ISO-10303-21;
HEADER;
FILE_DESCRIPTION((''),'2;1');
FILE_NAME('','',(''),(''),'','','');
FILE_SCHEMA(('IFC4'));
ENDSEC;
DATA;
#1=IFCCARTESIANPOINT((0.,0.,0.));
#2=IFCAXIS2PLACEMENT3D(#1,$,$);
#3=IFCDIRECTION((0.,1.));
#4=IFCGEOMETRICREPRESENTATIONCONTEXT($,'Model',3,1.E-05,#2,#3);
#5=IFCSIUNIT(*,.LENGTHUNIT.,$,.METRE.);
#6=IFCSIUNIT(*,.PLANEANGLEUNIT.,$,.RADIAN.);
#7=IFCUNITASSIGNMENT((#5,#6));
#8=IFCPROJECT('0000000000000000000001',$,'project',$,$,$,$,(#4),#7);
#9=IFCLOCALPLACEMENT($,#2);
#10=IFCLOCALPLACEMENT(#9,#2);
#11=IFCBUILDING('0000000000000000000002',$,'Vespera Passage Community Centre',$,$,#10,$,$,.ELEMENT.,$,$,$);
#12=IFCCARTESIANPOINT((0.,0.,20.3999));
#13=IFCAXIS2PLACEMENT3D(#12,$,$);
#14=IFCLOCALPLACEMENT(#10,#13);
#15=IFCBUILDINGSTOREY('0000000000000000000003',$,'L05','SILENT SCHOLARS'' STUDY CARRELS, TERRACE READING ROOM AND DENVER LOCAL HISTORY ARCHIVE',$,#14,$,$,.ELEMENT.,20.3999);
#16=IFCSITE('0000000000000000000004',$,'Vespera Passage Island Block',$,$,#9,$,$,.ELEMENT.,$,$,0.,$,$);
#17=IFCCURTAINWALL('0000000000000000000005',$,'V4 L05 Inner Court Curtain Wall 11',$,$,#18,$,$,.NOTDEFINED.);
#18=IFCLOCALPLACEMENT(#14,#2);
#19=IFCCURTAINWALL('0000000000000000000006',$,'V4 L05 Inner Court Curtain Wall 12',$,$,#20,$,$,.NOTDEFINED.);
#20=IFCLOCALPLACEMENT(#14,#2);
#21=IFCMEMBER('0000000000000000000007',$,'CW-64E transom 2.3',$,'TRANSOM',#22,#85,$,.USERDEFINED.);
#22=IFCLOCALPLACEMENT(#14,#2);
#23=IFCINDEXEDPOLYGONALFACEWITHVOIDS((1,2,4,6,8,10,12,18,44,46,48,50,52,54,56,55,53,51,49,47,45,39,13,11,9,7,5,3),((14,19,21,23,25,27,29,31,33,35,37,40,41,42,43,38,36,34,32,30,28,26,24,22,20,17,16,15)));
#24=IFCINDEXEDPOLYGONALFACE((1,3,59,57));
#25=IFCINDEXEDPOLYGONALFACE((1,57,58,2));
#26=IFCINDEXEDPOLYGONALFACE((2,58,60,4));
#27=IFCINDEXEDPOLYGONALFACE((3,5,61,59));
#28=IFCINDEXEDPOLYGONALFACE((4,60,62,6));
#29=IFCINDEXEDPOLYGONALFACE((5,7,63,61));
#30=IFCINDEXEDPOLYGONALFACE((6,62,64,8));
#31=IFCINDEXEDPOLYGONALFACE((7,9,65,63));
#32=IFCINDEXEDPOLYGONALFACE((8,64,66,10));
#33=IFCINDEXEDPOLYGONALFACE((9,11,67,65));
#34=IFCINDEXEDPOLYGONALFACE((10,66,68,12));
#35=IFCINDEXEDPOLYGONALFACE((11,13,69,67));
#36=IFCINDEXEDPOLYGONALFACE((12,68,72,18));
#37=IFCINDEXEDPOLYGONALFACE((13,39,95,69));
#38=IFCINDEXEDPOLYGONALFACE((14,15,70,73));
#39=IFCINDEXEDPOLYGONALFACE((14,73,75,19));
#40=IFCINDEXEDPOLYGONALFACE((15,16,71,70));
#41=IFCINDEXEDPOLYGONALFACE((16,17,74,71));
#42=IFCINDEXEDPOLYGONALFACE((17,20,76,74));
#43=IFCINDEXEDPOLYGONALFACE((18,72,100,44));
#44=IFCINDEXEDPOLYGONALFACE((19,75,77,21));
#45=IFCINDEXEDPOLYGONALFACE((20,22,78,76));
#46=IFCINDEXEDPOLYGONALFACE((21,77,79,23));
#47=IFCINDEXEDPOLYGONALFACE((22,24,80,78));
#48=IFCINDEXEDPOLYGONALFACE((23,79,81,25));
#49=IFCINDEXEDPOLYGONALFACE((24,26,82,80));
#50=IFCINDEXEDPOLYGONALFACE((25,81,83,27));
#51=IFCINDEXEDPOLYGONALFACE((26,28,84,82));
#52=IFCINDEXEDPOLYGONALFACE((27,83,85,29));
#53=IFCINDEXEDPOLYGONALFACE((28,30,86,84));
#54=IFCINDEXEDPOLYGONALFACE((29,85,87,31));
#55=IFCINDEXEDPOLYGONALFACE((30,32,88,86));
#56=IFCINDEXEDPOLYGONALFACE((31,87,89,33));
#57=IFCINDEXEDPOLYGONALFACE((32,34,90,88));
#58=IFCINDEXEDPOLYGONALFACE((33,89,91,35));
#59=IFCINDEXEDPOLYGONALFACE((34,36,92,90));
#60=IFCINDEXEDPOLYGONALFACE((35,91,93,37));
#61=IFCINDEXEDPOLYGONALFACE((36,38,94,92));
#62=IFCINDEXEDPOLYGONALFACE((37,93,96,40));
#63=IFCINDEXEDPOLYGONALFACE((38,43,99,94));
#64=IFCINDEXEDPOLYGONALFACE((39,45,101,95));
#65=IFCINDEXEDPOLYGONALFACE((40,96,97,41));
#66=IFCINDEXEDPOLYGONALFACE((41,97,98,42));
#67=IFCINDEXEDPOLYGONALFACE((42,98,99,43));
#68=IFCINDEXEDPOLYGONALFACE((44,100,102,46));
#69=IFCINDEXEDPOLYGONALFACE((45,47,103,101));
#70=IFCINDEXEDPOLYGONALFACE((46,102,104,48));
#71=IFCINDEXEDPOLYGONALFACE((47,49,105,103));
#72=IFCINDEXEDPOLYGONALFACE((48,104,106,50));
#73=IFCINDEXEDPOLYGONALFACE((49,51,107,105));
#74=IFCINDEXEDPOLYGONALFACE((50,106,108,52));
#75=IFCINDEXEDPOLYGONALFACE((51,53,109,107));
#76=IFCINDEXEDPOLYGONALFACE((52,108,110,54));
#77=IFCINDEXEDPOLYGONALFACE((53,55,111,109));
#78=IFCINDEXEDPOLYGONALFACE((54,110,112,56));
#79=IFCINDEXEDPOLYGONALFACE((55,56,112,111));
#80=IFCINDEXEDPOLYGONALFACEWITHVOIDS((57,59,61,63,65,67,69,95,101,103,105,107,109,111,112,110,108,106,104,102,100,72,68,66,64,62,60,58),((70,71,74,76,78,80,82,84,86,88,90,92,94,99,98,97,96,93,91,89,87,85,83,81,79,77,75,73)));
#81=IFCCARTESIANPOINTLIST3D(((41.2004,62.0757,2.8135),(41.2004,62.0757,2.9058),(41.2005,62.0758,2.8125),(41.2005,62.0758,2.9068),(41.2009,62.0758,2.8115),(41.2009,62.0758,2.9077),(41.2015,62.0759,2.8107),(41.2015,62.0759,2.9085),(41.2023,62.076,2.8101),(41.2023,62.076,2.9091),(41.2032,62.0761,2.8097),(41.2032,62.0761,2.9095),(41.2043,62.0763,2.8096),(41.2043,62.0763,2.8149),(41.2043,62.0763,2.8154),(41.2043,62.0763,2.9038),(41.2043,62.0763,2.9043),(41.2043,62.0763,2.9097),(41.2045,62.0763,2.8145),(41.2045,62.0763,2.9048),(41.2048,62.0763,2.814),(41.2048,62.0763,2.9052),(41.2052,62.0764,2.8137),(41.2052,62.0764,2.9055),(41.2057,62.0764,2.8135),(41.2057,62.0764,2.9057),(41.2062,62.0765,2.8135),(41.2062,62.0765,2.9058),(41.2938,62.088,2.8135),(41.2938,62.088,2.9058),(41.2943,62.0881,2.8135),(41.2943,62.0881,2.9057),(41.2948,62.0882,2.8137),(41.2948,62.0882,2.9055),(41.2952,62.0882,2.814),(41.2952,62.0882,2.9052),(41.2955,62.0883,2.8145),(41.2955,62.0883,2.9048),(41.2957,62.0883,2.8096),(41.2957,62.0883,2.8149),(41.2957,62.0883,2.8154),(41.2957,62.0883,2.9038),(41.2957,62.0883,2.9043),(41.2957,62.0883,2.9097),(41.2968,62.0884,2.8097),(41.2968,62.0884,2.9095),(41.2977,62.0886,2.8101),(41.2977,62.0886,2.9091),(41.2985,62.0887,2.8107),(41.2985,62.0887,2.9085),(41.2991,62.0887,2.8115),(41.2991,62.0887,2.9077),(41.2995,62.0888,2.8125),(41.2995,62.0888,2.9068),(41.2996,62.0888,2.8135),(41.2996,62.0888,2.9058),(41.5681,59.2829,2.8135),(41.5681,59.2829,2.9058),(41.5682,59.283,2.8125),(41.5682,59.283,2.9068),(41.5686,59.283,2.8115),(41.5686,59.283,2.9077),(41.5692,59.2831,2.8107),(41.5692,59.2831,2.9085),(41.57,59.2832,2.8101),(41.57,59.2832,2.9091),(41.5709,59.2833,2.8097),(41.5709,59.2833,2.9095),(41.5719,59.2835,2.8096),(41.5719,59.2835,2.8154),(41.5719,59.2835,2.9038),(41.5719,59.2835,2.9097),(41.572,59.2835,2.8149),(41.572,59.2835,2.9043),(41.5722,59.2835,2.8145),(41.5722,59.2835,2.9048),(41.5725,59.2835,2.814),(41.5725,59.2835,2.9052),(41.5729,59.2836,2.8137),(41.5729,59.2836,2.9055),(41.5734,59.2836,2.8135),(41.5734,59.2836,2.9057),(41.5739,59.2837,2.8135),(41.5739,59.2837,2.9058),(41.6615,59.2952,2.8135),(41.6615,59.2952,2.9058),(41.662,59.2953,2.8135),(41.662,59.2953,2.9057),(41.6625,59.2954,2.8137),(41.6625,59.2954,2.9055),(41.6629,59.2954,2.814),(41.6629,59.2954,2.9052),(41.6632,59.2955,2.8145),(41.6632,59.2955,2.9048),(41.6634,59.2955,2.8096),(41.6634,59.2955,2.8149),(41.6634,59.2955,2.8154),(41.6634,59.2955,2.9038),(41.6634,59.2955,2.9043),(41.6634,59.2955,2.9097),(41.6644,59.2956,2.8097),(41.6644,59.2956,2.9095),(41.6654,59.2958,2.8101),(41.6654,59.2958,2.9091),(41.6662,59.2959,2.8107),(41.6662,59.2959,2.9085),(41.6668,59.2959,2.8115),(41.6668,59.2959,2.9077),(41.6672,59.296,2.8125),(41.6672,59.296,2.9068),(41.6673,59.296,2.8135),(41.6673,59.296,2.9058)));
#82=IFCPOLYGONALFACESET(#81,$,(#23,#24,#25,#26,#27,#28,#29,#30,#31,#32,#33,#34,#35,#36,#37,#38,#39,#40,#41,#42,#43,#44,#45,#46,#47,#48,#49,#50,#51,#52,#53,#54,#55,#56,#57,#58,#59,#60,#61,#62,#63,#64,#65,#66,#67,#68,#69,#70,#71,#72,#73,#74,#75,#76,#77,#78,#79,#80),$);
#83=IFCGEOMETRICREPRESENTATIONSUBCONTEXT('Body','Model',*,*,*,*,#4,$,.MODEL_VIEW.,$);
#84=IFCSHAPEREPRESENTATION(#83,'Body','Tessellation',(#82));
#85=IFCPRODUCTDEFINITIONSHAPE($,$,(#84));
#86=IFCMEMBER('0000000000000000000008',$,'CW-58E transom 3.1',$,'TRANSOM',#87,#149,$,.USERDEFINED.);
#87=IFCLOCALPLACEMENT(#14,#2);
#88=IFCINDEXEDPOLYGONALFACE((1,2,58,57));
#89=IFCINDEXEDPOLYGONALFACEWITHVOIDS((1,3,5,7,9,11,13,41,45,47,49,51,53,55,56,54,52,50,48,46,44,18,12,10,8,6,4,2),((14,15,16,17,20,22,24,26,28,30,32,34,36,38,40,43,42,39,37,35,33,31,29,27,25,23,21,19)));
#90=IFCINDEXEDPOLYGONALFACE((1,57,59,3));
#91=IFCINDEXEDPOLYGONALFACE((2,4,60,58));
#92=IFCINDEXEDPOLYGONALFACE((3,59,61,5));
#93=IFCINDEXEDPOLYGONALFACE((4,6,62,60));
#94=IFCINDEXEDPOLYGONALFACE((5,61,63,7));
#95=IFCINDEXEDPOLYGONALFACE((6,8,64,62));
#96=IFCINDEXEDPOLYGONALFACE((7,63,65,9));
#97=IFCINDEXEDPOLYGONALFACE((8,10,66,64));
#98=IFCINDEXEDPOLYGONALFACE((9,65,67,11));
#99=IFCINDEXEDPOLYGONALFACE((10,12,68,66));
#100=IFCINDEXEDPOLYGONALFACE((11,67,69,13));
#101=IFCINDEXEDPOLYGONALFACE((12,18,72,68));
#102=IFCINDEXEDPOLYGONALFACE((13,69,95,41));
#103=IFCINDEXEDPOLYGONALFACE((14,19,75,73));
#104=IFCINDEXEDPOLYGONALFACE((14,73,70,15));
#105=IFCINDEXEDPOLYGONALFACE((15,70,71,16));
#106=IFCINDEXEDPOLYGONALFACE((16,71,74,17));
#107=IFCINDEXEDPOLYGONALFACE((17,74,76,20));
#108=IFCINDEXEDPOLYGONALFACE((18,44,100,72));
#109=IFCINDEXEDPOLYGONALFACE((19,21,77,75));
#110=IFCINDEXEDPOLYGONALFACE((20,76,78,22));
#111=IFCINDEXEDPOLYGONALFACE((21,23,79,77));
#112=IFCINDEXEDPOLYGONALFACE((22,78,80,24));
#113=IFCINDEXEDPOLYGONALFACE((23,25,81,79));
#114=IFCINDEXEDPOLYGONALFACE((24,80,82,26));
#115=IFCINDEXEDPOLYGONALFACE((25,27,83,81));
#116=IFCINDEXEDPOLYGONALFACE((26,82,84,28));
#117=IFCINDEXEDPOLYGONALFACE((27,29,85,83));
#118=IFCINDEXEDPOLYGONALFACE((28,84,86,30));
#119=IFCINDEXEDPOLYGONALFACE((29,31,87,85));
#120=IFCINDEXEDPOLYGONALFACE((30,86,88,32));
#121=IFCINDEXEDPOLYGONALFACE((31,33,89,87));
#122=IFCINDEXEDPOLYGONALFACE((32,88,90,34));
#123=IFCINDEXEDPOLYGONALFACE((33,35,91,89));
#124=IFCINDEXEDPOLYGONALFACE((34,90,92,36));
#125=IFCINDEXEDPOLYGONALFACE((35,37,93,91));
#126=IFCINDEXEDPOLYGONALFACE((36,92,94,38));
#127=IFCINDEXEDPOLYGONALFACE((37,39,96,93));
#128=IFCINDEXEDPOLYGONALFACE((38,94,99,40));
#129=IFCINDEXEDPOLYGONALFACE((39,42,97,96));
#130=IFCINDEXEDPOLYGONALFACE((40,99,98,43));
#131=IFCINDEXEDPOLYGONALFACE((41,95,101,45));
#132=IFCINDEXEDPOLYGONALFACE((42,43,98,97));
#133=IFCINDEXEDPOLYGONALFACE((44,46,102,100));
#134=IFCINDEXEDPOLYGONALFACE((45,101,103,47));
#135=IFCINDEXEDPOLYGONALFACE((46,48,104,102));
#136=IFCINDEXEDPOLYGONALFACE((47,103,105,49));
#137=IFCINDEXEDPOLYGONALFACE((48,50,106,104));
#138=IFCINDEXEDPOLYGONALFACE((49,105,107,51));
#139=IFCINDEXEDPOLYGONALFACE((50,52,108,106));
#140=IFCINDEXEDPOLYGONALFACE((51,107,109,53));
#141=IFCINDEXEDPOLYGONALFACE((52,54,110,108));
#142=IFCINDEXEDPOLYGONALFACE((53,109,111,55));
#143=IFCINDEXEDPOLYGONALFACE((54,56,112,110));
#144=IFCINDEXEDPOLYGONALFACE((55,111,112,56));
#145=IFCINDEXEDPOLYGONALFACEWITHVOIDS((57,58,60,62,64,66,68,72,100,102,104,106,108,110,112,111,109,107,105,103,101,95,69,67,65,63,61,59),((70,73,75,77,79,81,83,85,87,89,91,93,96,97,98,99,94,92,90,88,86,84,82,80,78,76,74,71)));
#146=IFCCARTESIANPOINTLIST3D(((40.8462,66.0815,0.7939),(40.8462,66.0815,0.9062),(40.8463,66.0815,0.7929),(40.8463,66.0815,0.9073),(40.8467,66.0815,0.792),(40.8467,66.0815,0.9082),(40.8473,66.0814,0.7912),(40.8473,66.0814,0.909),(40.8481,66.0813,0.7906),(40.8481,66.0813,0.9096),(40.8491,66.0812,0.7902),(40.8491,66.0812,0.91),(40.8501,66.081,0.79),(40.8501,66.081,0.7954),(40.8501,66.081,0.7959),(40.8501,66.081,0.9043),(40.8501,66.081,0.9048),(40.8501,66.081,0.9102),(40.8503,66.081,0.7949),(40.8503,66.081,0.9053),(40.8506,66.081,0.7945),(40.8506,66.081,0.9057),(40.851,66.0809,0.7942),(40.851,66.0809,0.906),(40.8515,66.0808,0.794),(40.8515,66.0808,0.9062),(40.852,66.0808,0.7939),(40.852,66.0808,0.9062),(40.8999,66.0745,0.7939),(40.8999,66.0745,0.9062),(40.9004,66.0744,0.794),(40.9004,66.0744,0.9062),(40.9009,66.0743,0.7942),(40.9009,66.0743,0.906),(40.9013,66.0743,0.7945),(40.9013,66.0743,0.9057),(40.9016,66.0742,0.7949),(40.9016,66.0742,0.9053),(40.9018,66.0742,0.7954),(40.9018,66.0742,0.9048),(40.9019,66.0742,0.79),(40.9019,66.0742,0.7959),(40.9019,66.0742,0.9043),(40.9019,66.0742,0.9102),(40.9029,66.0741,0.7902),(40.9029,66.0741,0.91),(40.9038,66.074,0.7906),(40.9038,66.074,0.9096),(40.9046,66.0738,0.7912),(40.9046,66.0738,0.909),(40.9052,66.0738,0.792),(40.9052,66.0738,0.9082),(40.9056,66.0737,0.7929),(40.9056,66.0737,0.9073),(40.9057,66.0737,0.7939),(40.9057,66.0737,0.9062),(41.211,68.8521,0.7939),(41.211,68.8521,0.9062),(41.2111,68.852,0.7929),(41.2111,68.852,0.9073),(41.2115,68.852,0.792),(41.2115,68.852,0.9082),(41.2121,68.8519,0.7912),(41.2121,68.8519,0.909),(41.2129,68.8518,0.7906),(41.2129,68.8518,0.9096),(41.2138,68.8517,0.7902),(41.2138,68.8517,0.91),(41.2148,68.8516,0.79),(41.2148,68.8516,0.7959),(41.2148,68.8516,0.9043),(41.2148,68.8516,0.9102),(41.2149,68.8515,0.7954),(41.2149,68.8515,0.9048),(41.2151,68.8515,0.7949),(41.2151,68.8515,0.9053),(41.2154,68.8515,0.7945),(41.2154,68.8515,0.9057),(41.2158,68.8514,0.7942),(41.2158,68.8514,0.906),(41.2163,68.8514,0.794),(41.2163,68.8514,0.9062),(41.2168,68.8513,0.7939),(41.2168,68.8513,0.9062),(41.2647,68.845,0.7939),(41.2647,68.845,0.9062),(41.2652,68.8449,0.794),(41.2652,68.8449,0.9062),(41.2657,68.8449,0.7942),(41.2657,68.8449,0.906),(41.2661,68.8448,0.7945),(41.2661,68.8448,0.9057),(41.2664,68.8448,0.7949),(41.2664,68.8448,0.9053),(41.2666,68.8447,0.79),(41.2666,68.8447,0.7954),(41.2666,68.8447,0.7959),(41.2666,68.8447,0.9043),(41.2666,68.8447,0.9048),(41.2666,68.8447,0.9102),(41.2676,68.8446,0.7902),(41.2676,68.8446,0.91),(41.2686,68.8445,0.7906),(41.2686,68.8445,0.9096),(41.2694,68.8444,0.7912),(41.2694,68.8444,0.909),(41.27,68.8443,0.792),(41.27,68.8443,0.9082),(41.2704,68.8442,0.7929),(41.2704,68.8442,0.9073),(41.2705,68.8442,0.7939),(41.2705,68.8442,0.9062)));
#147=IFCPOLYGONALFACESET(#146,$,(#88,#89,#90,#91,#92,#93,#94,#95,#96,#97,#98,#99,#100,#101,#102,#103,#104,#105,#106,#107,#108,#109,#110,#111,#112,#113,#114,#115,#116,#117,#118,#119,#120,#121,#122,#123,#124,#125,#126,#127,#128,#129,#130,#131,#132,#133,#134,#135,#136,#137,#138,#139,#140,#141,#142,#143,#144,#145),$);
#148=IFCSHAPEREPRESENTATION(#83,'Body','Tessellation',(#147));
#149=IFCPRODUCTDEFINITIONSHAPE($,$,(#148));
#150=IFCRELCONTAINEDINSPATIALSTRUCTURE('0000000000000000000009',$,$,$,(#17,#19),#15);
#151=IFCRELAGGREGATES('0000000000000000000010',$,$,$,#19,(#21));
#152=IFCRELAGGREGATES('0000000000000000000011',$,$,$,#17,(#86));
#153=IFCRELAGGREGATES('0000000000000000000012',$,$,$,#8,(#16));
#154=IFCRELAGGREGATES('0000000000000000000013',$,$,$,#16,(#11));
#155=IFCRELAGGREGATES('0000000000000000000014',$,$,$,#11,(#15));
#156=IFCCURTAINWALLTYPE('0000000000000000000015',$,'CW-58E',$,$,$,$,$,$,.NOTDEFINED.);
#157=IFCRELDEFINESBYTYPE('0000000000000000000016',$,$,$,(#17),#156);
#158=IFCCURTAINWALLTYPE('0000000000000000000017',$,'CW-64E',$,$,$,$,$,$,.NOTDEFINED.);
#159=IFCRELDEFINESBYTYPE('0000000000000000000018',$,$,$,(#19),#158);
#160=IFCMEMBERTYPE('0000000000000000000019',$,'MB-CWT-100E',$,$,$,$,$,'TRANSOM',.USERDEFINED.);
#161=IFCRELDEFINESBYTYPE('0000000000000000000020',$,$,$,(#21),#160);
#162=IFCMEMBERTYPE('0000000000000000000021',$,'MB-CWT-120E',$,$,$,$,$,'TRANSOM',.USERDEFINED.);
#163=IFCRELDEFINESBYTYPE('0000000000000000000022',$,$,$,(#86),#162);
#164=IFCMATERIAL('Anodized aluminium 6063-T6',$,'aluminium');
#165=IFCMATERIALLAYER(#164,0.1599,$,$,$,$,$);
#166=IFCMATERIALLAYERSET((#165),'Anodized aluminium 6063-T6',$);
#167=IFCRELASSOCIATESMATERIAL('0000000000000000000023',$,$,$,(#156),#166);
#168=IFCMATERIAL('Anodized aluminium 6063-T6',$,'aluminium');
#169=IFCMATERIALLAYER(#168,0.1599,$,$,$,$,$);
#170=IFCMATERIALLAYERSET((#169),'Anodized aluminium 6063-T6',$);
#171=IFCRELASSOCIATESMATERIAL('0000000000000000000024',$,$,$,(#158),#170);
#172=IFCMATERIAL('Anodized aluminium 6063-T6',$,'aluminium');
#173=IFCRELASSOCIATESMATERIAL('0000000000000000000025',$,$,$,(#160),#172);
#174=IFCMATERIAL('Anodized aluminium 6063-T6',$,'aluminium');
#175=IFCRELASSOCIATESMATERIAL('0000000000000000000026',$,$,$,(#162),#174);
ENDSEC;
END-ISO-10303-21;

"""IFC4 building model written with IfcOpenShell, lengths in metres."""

from ifc_helpers import new_model, si_unit, direction, frame, origin, origin_2d, place, context, subcontext, project, spatial, hollow_rectangle, extrude, material, layer, layer_set, material_profile, profile_set, type_object, element, aggregate, save


model = new_model("IFC4")

# Units and contexts
model_context = context("Model", 3, precision=1e-05, world=origin(), true_north=direction((0.0, 1.0)))
body_context = subcontext(model_context, "Body", "Model", "MODEL_VIEW")
ifc_project = project(units=[si_unit("LENGTHUNIT", "METRE"), si_unit("PLANEANGLEUNIT", "RADIAN")], contexts=[model_context])

# Site, building, storey
site_placement = place(None, origin())
site = spatial("IfcSite", under=ifc_project, at=site_placement, Name="Vespera Passage Island Block", CompositionType="ELEMENT", RefElevation=0.0)
building_placement = place(site_placement, origin())
building = spatial("IfcBuilding", under=site, at=building_placement, Name="Vespera Passage Community Centre", CompositionType="ELEMENT")
storey_placement = place(building_placement, frame((0.0, 0.0, 20.3999)))
storey = spatial("IfcBuildingStorey", under=building, at=storey_placement, Name="L05", Description="SILENT SCHOLARS' STUDY CARRELS, TERRACE READING ROOM AND DENVER LOCAL HISTORY ARCHIVE", CompositionType="ELEMENT", Elevation=20.3999)

# Curtain walls, member
ifc_material_1 = material(Name="Anodized aluminium 6063-T6", Category="aluminium")
ifc_layer_1 = layer(ifc_material_1, 0.1599)
ifc_layer_set_1 = layer_set([ifc_layer_1], Name="Anodized aluminium 6063-T6")
curtain_wall_type_1 = type_object("IfcCurtainWallType", Name="CW-58E", PredefinedType="NOTDEFINED", material=ifc_layer_set_1)
curtain_wall_1_placement = place(storey_placement, origin())
curtain_wall_1 = element("IfcCurtainWall", 1, at=curtain_wall_1_placement, inside=storey, type_object=curtain_wall_type_1, Name="V4 L05 Inner Court Curtain Wall 11", PredefinedType="NOTDEFINED")
ifc_material_2 = material(Name="Anodized aluminium 6063-T6", Category="aluminium")
ifc_layer_2 = layer(ifc_material_2, 0.1599)
ifc_layer_set_2 = layer_set([ifc_layer_2], Name="Anodized aluminium 6063-T6")
curtain_wall_type_2 = type_object("IfcCurtainWallType", Name="CW-64E", PredefinedType="NOTDEFINED", material=ifc_layer_set_2)
curtain_wall_2_placement = place(storey_placement, origin())
curtain_wall_2 = element("IfcCurtainWall", 2, at=curtain_wall_2_placement, inside=storey, type_object=curtain_wall_type_2, Name="V4 L05 Inner Court Curtain Wall 12", PredefinedType="NOTDEFINED")
ifc_material_3 = material(Name="Anodized aluminium 6063-T6", Category="aluminium")
ifc_material_profile_1 = material_profile(ifc_material_3, hollow_rectangle(XDim=0.1001, YDim=0.1001, WallThickness=0.0039, InnerFilletRadius=0.002, OuterFilletRadius=0.0039, at=origin_2d()), Name="ALU100X100X4")
ifc_profile_set_1 = profile_set([ifc_material_profile_1], Name="Anodized aluminium 6063-T6")
member_type_1 = type_object("IfcMemberType", Name="MB-CWT-100E", ElementType="TRANSOM", PredefinedType="USERDEFINED", material=ifc_profile_set_1)
member_1_placement = place(storey_placement, frame((41.25, 62.0823, 2.8596), z_axis=(0.130528, -0.991445, 0.0), x_axis=(0.991445, 0.130528, 0.0)))
member_1 = element("IfcMember", 3, at=member_1_placement, type_object=member_type_1, Name="CW-64E transom 2.3", ObjectType="TRANSOM", PredefinedType="USERDEFINED", context=body_context, shape_type="SweptSolid", body=[
    extrude(hollow_rectangle(XDim=0.1001, YDim=0.1001, WallThickness=0.0039, InnerFilletRadius=0.002, OuterFilletRadius=0.0039, at=origin_2d()), origin(), (0.0, 0.0, 1.0), 2.8169),
])

# Member
ifc_material_4 = material(Name="Anodized aluminium 6063-T6", Category="aluminium")
ifc_material_profile_2 = material_profile(ifc_material_4, hollow_rectangle(XDim=0.0601, YDim=0.1201, WallThickness=0.0039, InnerFilletRadius=0.002, OuterFilletRadius=0.0039, at=origin_2d()), Name="ALU120X60X4")
ifc_profile_set_2 = profile_set([ifc_material_profile_2], Name="Anodized aluminium 6063-T6")
member_type_2 = type_object("IfcMemberType", Name="MB-CWT-120E", ElementType="TRANSOM", PredefinedType="USERDEFINED", material=ifc_profile_set_2)
member_2_placement = place(storey_placement, frame((41.2407, 68.8481, 0.8501), z_axis=(-0.130527, -0.991445, 0.0), x_axis=(0.991445, -0.130527, 0.0)))
member_2 = element("IfcMember", 4, at=member_2_placement, type_object=member_type_2, Name="CW-58E transom 3.1", ObjectType="TRANSOM", PredefinedType="USERDEFINED", context=body_context, shape_type="SweptSolid", body=[
    extrude(hollow_rectangle(XDim=0.0601, YDim=0.1201, WallThickness=0.0039, InnerFilletRadius=0.002, OuterFilletRadius=0.0039, at=origin_2d()), origin(), (0.0, 0.0, 1.0), 2.7944),
])

aggregate(curtain_wall_2, [member_1])
aggregate(curtain_wall_1, [member_2])

save(model, "model.ifc")
